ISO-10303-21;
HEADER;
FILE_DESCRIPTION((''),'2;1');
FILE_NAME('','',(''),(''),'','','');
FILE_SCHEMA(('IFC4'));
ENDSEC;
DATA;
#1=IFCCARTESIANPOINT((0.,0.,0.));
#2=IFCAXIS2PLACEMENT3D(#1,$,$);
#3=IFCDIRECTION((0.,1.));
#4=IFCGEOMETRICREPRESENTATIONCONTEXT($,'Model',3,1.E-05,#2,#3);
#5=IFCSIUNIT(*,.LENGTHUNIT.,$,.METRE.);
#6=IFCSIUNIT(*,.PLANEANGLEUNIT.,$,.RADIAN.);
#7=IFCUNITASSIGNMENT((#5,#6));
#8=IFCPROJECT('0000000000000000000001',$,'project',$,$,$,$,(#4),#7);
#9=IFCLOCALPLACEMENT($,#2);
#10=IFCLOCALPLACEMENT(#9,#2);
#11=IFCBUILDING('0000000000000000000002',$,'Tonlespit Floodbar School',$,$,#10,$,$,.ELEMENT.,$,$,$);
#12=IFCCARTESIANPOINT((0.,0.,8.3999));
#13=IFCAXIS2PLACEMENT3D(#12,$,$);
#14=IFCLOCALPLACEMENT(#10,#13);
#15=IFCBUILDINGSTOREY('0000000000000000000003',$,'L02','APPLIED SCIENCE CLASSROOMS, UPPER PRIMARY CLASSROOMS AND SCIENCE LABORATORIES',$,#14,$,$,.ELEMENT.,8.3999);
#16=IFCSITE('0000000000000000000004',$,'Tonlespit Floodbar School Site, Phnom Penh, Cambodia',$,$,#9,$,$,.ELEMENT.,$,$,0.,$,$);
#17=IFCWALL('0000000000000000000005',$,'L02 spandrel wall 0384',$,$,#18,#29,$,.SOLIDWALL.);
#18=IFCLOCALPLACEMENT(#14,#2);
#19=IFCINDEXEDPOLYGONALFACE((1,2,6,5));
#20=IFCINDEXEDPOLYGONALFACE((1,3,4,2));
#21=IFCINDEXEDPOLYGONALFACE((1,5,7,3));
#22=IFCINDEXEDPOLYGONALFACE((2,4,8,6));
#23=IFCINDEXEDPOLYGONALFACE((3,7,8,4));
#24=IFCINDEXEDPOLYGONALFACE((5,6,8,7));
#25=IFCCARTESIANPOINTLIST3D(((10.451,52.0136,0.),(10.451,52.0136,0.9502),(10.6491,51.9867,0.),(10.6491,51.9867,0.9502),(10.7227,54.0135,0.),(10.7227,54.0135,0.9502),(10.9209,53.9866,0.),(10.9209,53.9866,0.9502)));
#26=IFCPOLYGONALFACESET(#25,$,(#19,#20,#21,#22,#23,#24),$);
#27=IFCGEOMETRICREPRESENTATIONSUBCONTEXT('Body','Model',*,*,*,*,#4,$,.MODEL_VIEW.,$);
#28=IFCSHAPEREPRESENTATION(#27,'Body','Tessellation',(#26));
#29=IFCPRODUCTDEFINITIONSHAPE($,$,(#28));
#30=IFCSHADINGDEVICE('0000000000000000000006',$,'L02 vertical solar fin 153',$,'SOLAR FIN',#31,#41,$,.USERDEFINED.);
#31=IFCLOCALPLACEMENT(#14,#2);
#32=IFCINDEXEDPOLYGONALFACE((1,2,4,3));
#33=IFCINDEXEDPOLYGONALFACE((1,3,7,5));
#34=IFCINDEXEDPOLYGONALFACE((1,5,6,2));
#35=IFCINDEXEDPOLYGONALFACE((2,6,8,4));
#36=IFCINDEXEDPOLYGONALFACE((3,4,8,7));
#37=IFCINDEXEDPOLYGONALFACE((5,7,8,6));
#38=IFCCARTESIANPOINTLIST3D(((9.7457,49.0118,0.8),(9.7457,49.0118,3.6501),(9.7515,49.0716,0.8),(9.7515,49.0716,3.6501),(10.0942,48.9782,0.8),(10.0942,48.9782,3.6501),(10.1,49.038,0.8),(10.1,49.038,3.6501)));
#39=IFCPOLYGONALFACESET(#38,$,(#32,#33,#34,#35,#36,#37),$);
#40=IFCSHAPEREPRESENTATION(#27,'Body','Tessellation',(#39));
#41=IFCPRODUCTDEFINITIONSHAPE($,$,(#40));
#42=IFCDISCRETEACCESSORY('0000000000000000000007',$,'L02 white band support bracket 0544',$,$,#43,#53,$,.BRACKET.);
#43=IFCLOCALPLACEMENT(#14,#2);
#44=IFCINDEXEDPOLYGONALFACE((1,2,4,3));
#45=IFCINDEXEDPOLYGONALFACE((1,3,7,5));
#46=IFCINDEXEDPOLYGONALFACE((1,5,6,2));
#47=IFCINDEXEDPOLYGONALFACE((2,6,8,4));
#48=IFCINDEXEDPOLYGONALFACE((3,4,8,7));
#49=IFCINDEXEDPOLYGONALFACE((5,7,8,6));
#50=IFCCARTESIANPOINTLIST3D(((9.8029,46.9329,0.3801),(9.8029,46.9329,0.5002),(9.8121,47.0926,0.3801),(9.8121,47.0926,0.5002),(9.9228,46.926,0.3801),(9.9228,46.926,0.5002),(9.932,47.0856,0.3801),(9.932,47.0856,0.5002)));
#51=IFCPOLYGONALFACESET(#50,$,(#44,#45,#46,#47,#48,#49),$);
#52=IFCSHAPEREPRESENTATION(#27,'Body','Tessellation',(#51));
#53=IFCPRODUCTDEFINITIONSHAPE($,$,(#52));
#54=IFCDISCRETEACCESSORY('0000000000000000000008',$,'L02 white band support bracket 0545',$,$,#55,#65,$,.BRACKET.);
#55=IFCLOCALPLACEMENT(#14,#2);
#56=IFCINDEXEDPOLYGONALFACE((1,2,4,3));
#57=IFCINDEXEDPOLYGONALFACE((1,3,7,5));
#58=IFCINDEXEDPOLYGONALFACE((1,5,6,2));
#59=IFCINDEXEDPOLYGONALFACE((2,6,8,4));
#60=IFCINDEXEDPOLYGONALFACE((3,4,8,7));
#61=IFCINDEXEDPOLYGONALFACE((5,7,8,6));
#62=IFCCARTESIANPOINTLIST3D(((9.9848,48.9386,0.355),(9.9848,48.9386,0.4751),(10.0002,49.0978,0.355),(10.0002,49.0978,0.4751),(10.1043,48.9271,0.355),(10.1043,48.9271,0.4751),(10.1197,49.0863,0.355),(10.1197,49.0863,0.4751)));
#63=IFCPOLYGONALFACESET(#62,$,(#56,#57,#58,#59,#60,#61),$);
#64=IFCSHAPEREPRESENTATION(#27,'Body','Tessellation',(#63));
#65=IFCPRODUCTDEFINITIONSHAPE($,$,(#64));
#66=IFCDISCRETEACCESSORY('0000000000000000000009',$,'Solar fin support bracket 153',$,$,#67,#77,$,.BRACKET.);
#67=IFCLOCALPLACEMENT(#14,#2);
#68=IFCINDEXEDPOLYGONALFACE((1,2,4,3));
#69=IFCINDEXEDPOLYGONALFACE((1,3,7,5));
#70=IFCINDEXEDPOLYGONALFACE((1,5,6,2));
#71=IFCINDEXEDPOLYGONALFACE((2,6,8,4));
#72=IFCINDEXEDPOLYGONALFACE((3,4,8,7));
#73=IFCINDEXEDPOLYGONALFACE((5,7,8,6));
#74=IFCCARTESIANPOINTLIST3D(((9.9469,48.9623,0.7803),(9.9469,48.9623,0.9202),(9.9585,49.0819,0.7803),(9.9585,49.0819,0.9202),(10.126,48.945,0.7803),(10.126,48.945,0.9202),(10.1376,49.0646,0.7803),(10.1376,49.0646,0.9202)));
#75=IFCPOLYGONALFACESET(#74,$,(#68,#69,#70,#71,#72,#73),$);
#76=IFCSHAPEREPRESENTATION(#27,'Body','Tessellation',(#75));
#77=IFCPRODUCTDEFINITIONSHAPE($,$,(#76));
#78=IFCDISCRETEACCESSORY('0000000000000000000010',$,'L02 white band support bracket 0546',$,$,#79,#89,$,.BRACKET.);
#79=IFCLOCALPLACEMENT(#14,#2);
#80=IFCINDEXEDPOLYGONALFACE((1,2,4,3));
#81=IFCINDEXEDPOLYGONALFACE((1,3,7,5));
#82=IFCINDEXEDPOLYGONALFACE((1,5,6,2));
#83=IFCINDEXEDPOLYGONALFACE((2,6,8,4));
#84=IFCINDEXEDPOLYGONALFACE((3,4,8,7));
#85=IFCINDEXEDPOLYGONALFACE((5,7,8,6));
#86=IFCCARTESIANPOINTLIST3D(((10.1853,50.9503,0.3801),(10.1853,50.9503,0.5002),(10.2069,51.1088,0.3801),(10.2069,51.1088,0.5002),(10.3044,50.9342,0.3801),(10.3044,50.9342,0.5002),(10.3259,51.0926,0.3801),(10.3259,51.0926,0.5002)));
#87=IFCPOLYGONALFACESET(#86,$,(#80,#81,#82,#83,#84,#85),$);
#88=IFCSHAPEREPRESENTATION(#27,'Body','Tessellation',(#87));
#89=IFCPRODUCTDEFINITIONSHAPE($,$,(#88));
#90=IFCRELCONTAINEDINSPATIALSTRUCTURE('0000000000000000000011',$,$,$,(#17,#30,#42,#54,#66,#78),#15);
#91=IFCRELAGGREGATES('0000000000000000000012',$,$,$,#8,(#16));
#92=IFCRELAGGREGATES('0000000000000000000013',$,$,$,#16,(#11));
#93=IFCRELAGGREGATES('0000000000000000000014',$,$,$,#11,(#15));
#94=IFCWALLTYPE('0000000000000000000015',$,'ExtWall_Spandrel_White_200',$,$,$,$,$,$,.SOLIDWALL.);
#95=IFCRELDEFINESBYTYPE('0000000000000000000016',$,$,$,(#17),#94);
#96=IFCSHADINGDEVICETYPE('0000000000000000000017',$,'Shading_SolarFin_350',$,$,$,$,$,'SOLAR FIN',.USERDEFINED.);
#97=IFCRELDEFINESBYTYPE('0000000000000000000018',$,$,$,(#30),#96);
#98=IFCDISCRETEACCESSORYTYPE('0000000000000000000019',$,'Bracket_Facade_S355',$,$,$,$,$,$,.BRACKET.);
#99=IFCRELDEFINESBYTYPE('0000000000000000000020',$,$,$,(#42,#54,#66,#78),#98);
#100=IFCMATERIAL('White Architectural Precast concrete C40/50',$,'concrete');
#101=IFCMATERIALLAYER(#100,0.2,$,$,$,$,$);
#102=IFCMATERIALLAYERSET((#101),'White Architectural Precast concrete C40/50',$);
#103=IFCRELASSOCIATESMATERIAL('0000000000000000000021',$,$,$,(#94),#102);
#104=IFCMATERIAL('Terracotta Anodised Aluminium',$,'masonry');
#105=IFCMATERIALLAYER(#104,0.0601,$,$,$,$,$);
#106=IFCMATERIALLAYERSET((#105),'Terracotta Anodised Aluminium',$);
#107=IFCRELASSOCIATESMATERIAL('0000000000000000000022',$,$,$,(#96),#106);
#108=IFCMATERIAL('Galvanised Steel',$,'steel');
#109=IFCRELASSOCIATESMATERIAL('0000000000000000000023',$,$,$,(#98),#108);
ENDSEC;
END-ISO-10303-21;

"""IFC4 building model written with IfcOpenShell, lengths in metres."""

from ifc_helpers import new_model, si_unit, direction, frame, frame_2d, origin, origin_2d, place, context, subcontext, project, spatial, rectangle, extrude, material, layer, layer_set, type_object, element, save


model = new_model("IFC4")

# Units and contexts
model_context = context("Model", 3, precision=1e-05, world=origin(), true_north=direction((0.0, 1.0)))
body_context = subcontext(model_context, "Body", "Model", "MODEL_VIEW")
ifc_project = project(units=[si_unit("LENGTHUNIT", "METRE"), si_unit("PLANEANGLEUNIT", "RADIAN")], contexts=[model_context])

# Site, building, storey
site_placement = place(None, origin())
site = spatial("IfcSite", under=ifc_project, at=site_placement, Name="Tonlespit Floodbar School Site, Phnom Penh, Cambodia", CompositionType="ELEMENT", RefElevation=0.0)
building_placement = place(site_placement, origin())
building = spatial("IfcBuilding", under=site, at=building_placement, Name="Tonlespit Floodbar School", CompositionType="ELEMENT")
storey_placement = place(building_placement, frame((0.0, 0.0, 8.3999)))
storey = spatial("IfcBuildingStorey", under=building, at=storey_placement, Name="L02", Description="APPLIED SCIENCE CLASSROOMS, UPPER PRIMARY CLASSROOMS AND SCIENCE LABORATORIES", CompositionType="ELEMENT", Elevation=8.3999)

# Wall
ifc_material_1 = material(Name="White Architectural Precast concrete C40/50", Category="concrete")
ifc_layer_1 = layer(ifc_material_1, 0.2)
ifc_layer_set_1 = layer_set([ifc_layer_1], Name="White Architectural Precast concrete C40/50")
wall_type_1 = type_object("IfcWallType", Name="ExtWall_Spandrel_White_200", PredefinedType="SOLIDWALL", material=ifc_layer_set_1)
wall_1_placement = place(storey_placement, frame((10.55, 52.0, 0.0), z_axis=(0.0, 0.0, 1.0), x_axis=(0.134627, 0.990896, 0.0)))
element("IfcWall", 1, at=wall_1_placement, inside=storey, type_object=wall_type_1, Name="L02 spandrel wall 0384", PredefinedType="SOLIDWALL", context=body_context, shape_type="SweptSolid", body=[
    extrude(rectangle(XDim=2.0183, YDim=0.2, at=frame_2d((1.0093, 0.0))), origin(), (0.0, 0.0, 1.0), 0.9502),
])

# Shading device
ifc_material_2 = material(Name="Terracotta Anodised Aluminium", Category="masonry")
ifc_layer_2 = layer(ifc_material_2, 0.0601)
ifc_layer_set_2 = layer_set([ifc_layer_2], Name="Terracotta Anodised Aluminium")
shading_device_type = type_object("IfcShadingDeviceType", Name="Shading_SolarFin_350", ElementType="SOLAR FIN", PredefinedType="USERDEFINED", material=ifc_layer_set_2)
shading_device_placement = place(storey_placement, frame((9.9229, 49.0249, 0.8), z_axis=(0.0, 0.0, 1.0), x_axis=(0.096153, 0.995367, 0.0)))
element("IfcShadingDevice", 2, at=shading_device_placement, inside=storey, type_object=shading_device_type, Name="L02 vertical solar fin 153", ObjectType="SOLAR FIN", PredefinedType="USERDEFINED", context=body_context, shape_type="SweptSolid", body=[
    extrude(rectangle(XDim=0.0601, YDim=0.3501, at=origin_2d()), origin(), (0.0, 0.0, 1.0), 2.8501),
])

# Discrete accessories
ifc_material_3 = material(Name="Galvanised Steel", Category="steel")
discrete_accessory_type = type_object("IfcDiscreteAccessoryType", Name="Bracket_Facade_S355", PredefinedType="BRACKET", material=ifc_material_3)
for number, where, z_axis, x_axis, name in (
    (3, (9.8674, 47.0093, 0.3801), (0.0, 0.0, 1.0), (0.057703, 0.998334, 0.0), "L02 white band support bracket 0544"),
    (4, (10.0522, 49.0125, 0.355), (0.0, 0.0, 1.0), (0.096153, 0.995367, 0.0), "L02 white band support bracket 0545"),
):
    element("IfcDiscreteAccessory", number, at=place(storey_placement, frame(where, z_axis=z_axis, x_axis=x_axis)), inside=storey, type_object=discrete_accessory_type, Name=name, PredefinedType="BRACKET", context=body_context, shape_type="SweptSolid", body=[
        extrude(rectangle(XDim=0.1599, YDim=0.1201, at=origin_2d()), origin(), (0.0, 0.0, 1.0), 0.1201),
    ])
discrete_accessory_1_placement = place(storey_placement, frame((10.0422, 49.0134, 0.7803), z_axis=(0.0, 0.0, 1.0), x_axis=(0.096153, 0.995367, 0.0)))
element("IfcDiscreteAccessory", 5, at=discrete_accessory_1_placement, inside=storey, type_object=discrete_accessory_type, Name="Solar fin support bracket 153", PredefinedType="BRACKET", context=body_context, shape_type="SweptSolid", body=[
    extrude(rectangle(XDim=0.1201, YDim=0.1799, at=origin_2d()), origin(), (0.0, 0.0, 1.0), 0.1399),
])
discrete_accessory_2_placement = place(storey_placement, frame((10.2556, 51.0215, 0.3801), z_axis=(0.0, 0.0, 1.0), x_axis=(0.134662, 0.990892, 0.0)))
element("IfcDiscreteAccessory", 6, at=discrete_accessory_2_placement, inside=storey, type_object=discrete_accessory_type, Name="L02 white band support bracket 0546", PredefinedType="BRACKET", context=body_context, shape_type="SweptSolid", body=[
    extrude(rectangle(XDim=0.1599, YDim=0.1201, at=origin_2d()), origin(), (0.0, 0.0, 1.0), 0.1201),
])

save(model, "model.ifc")
